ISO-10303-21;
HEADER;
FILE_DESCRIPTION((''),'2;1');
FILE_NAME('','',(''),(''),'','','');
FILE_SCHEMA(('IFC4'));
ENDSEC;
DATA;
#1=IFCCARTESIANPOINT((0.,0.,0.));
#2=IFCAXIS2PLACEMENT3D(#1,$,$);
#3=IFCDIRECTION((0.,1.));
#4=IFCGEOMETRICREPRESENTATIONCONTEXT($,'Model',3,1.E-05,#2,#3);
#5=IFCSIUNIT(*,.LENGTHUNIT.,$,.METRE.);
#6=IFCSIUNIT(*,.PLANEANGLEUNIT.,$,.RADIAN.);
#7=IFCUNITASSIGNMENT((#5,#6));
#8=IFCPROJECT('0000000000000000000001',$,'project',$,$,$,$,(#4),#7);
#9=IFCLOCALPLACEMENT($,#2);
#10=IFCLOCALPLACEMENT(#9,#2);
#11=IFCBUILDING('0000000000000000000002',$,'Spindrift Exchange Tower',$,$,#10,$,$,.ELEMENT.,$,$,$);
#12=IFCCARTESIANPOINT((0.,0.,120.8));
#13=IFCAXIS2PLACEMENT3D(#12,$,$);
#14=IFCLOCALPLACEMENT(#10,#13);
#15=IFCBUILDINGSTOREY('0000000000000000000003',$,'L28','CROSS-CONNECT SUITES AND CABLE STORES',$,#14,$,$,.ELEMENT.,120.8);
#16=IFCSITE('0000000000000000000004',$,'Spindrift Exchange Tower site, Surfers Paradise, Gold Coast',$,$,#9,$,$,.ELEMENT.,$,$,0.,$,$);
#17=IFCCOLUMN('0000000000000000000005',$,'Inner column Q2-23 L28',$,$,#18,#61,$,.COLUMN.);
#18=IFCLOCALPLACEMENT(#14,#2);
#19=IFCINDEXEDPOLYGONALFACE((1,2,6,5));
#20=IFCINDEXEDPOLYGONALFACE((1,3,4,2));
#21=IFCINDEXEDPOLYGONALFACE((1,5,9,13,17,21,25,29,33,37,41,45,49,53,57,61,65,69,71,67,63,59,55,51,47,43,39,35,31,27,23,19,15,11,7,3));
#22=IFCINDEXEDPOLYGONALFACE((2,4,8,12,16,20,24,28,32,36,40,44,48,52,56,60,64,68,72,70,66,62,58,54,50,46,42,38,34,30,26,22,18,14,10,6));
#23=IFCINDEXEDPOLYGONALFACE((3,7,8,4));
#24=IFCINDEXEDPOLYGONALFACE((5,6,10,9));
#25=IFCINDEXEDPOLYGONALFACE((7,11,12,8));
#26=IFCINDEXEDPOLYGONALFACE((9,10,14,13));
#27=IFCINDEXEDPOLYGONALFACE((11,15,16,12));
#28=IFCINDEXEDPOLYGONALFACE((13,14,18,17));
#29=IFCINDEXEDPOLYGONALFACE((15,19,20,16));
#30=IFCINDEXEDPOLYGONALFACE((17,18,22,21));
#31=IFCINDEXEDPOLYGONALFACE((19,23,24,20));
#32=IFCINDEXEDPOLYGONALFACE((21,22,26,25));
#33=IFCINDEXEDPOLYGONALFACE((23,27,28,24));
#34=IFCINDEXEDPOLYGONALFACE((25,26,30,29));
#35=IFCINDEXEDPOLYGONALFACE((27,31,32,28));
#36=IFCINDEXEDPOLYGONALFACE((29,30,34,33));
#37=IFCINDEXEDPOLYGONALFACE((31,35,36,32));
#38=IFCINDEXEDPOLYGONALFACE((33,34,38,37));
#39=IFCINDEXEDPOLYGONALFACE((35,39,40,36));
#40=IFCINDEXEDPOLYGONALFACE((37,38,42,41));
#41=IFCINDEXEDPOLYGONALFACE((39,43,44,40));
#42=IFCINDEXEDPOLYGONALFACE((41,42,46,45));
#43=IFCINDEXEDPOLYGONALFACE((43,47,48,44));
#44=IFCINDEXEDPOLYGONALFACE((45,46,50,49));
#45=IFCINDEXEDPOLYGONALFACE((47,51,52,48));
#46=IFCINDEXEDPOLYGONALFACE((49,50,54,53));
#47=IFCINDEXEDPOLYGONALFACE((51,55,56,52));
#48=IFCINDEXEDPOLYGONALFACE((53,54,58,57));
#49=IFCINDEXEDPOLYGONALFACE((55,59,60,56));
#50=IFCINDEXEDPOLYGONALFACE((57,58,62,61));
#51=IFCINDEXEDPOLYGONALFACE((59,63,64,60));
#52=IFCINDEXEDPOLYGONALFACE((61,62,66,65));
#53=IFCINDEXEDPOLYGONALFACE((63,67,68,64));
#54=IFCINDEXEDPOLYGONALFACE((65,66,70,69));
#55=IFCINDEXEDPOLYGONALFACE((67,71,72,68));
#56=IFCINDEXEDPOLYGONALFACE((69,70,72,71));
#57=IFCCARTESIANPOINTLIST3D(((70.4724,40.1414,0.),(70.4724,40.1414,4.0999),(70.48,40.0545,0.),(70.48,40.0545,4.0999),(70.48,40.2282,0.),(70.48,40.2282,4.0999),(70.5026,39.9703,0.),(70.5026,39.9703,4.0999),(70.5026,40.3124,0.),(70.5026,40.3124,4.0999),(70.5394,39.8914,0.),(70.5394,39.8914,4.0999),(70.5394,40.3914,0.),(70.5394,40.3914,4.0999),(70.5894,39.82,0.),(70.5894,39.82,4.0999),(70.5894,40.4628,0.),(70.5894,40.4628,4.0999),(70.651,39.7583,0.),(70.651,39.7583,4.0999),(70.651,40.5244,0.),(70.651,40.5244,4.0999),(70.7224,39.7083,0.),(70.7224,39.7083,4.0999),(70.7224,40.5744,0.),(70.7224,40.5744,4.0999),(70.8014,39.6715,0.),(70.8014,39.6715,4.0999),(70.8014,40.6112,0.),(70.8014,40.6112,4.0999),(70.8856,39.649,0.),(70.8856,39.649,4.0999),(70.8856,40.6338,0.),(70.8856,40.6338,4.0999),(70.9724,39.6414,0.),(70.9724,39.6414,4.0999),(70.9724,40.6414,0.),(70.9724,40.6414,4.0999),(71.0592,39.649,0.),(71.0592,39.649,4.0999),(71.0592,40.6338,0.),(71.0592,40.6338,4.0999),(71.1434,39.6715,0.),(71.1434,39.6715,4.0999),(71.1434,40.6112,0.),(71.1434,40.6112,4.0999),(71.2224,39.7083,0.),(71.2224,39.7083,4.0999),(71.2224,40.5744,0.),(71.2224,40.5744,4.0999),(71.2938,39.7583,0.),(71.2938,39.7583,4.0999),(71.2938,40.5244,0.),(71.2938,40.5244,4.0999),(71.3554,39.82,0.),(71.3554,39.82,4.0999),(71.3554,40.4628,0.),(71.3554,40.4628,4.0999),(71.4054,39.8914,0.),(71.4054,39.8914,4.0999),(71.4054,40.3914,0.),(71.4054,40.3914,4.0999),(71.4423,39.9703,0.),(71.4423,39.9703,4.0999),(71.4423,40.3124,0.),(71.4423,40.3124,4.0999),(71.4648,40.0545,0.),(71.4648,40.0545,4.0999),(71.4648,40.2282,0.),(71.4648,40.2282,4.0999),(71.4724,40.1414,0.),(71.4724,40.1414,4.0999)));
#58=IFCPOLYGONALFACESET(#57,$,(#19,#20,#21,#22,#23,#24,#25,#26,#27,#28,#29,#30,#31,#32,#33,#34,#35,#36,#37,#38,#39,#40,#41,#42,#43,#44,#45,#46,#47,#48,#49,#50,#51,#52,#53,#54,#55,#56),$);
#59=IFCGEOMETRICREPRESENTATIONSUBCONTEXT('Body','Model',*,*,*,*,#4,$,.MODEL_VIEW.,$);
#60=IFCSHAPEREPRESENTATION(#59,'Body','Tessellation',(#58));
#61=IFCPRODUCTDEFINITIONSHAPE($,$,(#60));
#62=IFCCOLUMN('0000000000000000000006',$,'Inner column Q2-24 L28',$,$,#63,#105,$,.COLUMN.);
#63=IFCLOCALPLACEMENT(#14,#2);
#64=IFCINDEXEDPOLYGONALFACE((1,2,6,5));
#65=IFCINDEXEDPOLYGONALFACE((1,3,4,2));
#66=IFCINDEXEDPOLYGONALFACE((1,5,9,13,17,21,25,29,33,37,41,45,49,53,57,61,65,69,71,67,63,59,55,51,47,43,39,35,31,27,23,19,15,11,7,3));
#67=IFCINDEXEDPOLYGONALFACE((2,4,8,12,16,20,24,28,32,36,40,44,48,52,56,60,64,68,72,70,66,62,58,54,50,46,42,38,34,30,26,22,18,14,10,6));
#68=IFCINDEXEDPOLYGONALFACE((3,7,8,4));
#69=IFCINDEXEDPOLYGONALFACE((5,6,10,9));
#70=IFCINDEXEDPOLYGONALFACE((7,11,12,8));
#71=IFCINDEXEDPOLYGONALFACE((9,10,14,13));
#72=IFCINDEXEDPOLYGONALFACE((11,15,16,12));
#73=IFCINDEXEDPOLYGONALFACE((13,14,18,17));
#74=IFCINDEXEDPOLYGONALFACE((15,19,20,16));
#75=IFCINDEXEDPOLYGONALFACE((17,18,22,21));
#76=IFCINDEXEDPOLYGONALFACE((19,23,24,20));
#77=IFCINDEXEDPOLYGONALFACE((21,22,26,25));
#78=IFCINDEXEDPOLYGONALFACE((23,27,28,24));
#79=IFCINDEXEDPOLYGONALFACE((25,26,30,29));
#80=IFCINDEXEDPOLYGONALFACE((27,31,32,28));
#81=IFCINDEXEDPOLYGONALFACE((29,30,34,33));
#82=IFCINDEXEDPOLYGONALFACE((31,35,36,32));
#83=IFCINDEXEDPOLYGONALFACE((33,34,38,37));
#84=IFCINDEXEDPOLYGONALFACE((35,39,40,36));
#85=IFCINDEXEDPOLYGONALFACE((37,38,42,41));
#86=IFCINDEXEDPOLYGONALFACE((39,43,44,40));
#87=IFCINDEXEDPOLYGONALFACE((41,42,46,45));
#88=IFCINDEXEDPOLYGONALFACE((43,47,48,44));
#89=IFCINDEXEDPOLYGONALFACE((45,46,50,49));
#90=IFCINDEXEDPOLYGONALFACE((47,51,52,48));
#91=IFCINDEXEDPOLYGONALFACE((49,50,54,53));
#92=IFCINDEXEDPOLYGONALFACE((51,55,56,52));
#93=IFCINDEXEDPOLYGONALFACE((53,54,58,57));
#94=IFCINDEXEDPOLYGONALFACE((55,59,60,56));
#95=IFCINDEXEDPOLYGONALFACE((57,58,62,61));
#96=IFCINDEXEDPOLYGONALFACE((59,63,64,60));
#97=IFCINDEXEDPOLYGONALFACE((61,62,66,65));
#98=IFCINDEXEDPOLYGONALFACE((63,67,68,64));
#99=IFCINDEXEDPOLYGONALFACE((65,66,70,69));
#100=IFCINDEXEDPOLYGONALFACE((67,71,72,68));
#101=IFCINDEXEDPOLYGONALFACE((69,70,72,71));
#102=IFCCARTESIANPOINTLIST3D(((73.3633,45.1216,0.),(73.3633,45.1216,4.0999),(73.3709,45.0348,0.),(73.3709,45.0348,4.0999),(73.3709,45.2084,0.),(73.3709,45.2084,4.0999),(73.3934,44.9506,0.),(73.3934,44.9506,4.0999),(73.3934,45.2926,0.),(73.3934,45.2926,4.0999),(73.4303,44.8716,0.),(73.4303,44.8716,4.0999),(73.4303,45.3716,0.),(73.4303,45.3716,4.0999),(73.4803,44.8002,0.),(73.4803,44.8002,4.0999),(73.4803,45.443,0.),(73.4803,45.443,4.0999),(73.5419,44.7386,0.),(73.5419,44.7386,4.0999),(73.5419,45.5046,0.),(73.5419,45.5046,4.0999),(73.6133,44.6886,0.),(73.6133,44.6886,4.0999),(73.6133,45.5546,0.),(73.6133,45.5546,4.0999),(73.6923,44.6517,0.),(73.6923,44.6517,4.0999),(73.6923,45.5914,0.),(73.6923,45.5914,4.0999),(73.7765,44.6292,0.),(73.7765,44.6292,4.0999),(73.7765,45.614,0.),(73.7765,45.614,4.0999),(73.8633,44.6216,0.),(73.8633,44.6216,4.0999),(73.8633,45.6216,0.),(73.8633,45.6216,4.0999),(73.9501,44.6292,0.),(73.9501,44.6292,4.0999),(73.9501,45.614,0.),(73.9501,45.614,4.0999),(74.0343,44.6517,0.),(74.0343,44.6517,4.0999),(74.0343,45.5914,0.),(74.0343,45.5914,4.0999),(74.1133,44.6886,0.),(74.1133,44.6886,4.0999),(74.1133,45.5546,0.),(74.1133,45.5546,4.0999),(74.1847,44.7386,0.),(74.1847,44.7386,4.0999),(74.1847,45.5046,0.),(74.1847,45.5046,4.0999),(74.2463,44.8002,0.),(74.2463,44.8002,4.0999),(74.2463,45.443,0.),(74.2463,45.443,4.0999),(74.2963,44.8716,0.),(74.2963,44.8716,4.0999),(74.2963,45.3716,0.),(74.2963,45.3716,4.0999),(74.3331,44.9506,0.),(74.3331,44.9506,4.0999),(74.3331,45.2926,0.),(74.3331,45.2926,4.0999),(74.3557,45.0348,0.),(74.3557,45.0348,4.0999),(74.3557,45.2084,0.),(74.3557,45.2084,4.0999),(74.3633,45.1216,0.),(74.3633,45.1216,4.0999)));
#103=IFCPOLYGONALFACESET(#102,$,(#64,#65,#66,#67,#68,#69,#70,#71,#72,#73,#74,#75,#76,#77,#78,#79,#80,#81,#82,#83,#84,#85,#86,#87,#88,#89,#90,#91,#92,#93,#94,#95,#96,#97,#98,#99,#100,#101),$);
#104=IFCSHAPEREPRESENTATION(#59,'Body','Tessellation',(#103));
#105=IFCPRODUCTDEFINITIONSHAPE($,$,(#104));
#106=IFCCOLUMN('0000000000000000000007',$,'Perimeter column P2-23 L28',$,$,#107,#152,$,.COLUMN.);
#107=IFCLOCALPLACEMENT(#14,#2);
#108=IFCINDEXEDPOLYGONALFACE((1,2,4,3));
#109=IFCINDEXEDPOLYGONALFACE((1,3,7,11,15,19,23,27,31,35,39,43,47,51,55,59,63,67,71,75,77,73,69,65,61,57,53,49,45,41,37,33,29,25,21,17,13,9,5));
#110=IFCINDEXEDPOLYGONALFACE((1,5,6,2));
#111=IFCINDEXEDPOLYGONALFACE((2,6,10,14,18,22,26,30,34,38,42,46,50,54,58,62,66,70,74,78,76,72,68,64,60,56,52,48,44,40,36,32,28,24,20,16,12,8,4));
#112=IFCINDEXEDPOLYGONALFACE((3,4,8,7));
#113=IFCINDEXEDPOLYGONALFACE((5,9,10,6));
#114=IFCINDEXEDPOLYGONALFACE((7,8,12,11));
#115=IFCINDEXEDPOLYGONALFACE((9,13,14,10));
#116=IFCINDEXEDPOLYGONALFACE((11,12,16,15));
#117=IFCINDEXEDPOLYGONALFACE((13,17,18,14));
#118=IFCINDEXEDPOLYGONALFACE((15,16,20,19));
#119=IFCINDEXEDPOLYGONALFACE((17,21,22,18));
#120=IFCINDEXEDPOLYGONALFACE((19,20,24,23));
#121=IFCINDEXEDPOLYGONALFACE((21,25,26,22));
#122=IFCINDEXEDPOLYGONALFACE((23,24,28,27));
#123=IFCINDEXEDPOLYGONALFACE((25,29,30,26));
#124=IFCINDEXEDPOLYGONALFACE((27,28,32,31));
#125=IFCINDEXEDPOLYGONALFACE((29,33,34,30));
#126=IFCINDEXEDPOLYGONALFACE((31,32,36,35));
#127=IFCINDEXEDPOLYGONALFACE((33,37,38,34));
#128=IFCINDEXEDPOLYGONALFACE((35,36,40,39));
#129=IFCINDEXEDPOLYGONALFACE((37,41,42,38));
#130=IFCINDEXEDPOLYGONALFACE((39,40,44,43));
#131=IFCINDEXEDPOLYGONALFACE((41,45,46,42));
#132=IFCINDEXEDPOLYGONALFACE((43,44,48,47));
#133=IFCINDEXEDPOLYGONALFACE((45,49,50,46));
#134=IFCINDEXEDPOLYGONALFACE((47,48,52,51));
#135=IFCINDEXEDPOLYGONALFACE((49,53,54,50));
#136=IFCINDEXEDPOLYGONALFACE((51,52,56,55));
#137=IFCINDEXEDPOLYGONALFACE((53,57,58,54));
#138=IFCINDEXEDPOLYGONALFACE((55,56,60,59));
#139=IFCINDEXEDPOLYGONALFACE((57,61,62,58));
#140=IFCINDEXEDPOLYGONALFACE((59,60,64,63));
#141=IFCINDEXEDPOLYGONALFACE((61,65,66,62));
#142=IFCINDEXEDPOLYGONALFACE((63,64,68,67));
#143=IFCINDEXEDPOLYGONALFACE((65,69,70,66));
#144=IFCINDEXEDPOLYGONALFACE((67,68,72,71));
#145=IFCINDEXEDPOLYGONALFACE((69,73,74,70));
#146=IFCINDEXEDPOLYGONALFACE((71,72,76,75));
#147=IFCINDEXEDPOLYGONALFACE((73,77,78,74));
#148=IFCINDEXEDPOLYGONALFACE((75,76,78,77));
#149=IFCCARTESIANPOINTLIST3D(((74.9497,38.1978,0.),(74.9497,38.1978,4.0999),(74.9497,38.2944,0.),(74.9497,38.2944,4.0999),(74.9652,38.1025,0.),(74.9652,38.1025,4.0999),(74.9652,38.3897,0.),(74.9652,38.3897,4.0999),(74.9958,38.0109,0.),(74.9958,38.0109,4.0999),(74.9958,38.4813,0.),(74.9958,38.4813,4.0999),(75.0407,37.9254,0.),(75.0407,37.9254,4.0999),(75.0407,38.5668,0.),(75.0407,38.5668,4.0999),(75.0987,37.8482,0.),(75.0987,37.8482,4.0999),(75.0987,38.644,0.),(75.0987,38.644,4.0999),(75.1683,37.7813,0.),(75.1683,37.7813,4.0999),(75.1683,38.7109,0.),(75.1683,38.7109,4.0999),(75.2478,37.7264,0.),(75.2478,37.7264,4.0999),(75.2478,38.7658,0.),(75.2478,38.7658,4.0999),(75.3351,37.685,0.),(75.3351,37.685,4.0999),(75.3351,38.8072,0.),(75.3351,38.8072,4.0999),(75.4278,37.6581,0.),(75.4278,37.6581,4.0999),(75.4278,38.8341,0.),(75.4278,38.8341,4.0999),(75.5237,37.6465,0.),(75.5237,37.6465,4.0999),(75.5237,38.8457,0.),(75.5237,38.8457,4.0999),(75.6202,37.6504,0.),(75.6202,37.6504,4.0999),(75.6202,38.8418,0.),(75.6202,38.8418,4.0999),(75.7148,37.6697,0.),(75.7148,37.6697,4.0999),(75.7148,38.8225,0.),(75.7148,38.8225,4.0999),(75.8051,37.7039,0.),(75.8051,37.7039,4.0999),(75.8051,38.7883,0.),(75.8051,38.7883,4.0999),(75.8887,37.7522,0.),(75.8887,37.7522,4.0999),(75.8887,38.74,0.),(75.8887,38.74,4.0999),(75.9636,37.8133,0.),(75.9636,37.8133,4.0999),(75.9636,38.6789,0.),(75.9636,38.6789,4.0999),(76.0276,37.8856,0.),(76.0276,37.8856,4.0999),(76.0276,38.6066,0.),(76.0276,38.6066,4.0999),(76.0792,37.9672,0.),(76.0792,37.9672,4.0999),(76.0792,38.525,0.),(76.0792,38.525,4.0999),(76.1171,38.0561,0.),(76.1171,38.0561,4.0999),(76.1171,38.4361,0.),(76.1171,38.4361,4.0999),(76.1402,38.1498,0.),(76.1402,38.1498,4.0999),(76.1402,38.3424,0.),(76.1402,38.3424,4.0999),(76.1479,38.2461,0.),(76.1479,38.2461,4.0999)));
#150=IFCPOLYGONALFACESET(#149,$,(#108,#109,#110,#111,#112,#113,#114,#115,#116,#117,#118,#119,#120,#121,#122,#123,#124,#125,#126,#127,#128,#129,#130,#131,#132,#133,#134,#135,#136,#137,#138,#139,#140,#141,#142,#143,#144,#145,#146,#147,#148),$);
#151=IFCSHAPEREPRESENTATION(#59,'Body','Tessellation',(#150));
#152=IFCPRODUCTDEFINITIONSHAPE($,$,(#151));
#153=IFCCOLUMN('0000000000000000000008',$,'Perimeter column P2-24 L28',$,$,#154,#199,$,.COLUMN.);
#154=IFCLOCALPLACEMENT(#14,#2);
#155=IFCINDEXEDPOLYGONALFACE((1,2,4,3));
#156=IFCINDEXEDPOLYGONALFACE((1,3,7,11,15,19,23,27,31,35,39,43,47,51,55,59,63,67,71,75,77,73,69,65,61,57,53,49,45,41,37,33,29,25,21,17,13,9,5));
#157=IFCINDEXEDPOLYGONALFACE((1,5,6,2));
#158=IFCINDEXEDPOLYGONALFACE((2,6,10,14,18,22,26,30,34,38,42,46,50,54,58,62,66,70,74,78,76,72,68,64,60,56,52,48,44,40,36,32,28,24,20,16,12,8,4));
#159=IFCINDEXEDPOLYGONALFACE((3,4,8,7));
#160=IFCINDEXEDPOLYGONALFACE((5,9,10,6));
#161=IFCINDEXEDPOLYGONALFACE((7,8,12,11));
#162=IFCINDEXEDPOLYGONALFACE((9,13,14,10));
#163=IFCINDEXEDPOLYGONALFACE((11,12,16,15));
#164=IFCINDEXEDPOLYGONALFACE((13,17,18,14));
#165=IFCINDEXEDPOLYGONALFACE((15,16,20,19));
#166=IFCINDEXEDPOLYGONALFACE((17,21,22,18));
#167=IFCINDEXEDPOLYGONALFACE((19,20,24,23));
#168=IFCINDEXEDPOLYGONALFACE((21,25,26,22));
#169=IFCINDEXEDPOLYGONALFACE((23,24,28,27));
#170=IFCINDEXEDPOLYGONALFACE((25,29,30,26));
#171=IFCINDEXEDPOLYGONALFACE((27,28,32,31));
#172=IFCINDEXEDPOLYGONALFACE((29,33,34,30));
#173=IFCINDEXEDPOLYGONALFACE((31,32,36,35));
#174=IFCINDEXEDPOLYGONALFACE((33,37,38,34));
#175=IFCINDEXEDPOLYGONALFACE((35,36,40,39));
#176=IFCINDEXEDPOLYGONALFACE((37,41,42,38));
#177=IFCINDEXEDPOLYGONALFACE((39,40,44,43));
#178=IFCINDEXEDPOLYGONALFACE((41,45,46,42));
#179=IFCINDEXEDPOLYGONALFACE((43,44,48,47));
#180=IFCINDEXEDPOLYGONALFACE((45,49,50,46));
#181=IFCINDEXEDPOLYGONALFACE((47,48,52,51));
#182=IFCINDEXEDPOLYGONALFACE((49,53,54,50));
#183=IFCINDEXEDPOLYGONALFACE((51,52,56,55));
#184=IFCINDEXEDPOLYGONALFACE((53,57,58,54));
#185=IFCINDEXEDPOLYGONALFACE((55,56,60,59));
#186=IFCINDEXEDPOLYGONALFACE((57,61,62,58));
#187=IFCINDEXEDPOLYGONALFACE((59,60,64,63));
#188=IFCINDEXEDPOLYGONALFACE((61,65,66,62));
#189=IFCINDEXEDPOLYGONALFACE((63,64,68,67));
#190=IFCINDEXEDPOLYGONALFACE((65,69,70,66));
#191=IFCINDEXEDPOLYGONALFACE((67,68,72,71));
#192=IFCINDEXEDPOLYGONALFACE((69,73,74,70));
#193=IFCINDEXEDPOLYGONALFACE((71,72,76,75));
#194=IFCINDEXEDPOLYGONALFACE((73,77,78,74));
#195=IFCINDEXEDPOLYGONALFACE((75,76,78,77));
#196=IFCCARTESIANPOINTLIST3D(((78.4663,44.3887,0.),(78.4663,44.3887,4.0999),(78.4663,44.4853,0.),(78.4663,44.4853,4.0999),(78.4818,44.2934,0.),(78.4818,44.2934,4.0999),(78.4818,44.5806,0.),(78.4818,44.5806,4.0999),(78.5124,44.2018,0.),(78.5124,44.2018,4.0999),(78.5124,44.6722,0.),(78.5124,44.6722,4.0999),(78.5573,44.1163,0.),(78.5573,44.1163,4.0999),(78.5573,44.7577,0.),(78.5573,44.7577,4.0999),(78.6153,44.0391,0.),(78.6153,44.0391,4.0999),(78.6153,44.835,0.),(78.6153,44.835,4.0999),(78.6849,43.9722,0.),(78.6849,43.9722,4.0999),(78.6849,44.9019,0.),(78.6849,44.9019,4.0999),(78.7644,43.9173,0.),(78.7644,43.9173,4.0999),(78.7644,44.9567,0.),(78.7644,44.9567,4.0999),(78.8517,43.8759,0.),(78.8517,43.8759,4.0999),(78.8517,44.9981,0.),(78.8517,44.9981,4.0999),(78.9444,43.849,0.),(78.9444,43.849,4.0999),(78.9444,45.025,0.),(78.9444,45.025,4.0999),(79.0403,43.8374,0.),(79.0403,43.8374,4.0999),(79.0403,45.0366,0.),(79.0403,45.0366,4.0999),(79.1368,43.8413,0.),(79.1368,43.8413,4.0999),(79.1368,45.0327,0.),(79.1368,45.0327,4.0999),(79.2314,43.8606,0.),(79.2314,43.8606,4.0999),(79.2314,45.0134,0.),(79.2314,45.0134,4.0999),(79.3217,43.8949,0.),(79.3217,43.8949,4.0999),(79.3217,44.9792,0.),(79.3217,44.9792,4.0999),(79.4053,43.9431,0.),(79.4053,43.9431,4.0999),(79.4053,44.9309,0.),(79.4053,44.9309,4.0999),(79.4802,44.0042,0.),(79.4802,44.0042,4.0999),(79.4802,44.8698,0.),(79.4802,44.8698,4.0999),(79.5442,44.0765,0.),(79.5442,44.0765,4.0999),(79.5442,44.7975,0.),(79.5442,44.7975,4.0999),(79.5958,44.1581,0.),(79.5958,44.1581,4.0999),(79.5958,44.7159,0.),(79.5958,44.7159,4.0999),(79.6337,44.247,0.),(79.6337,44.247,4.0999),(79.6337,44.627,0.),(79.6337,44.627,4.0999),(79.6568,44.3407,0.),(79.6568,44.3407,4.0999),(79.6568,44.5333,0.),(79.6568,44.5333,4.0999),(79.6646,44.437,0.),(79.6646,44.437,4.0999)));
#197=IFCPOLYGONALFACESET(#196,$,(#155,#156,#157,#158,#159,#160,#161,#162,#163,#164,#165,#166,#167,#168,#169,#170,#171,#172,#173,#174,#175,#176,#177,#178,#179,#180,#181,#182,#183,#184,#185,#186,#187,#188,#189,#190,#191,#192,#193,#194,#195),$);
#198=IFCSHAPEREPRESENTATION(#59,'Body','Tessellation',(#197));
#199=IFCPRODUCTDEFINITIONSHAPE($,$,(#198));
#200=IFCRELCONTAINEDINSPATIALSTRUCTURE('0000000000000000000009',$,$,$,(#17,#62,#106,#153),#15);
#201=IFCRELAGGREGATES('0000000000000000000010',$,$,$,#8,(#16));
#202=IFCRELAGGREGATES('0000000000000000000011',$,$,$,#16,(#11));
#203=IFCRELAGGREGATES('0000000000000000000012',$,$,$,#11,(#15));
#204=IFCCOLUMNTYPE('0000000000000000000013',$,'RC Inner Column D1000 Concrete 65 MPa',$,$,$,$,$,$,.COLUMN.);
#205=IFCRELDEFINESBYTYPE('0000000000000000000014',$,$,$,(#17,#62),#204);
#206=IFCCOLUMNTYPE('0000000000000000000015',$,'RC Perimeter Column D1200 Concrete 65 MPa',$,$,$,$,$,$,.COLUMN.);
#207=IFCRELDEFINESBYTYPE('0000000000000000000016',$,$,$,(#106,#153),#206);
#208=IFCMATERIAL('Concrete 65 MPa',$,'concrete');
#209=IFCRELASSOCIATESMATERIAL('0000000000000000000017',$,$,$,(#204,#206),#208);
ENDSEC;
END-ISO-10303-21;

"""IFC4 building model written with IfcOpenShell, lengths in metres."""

from ifc_helpers import new_model, si_unit, direction, frame, origin, origin_2d, place, context, subcontext, project, spatial, circle, extrude, source, transform, mapped, material, material_profile, profile_set, type_object, element, save


model = new_model("IFC4")

# Units and contexts
model_context = context("Model", 3, precision=1e-05, world=origin(), true_north=direction((0.0, 1.0)))
body_context = subcontext(model_context, "Body", "Model", "MODEL_VIEW")
ifc_project = project(units=[si_unit("LENGTHUNIT", "METRE"), si_unit("PLANEANGLEUNIT", "RADIAN")], contexts=[model_context])

# Site, building, storey
site_placement = place(None, origin())
site = spatial("IfcSite", under=ifc_project, at=site_placement, Name="Spindrift Exchange Tower site, Surfers Paradise, Gold Coast", CompositionType="ELEMENT", RefElevation=0.0)
building_placement = place(site_placement, origin())
building = spatial("IfcBuilding", under=site, at=building_placement, Name="Spindrift Exchange Tower", CompositionType="ELEMENT")
storey_placement = place(building_placement, frame((0.0, 0.0, 120.8)))
storey = spatial("IfcBuildingStorey", under=building, at=storey_placement, Name="L28", Description="CROSS-CONNECT SUITES AND CABLE STORES", CompositionType="ELEMENT", Elevation=120.8)

# Columns
ifc_material_1 = material(Name="Concrete 65 MPa", Category="concrete")
ifc_material_profile_1 = material_profile(ifc_material_1, circle(Radius=0.5, at=origin_2d()), Name="RC D1000")
ifc_profile_set_1 = profile_set([ifc_material_profile_1], Name="Concrete 65 MPa")
column_type_1 = type_object("IfcColumnType", Name="RC Inner Column D1000 Concrete 65 MPa", PredefinedType="COLUMN", material=ifc_profile_set_1)
shared_shape_1 = source(origin(), body_context, "Body", "SweptSolid", [
    extrude(circle(Radius=0.5, at=origin_2d()), origin(), (0.0, 0.0, 1.0), 4.0999),
])
for number, where, z_axis, x_axis, name in (
    (1, (70.9724, 40.1414, 0.0), (0.0, 0.0, 1.0), (1.0, 0.0, 0.0), "Inner column Q2-23 L28"),
    (2, (73.8633, 45.1216, 0.0), (0.0, 0.0, 1.0), (1.0, 0.0, 0.0), "Inner column Q2-24 L28"),
):
    element("IfcColumn", number, at=place(storey_placement, frame(where, z_axis=z_axis, x_axis=x_axis)), inside=storey, type_object=column_type_1, Name=name, PredefinedType="COLUMN", context=body_context, shape_type="MappedRepresentation", body=[
        mapped(shared_shape_1, transform((0.0, 0.0, 0.0), scale=1.0)),
    ])
ifc_material_profile_2 = material_profile(ifc_material_1, circle(Radius=0.6001, at=origin_2d()), Name="RC D1200")
ifc_profile_set_2 = profile_set([ifc_material_profile_2], Name="Concrete 65 MPa")
column_type_2 = type_object("IfcColumnType", Name="RC Perimeter Column D1200 Concrete 65 MPa", PredefinedType="COLUMN", material=ifc_profile_set_2)
shared_shape_2 = source(origin(), body_context, "Body", "SweptSolid", [
    extrude(circle(Radius=0.6001, at=origin_2d()), origin(), (0.0, 0.0, 1.0), 4.0999),
])
for number, where, z_axis, x_axis, name in (
    (3, (75.5479, 38.2461, 0.0), (0.0, 0.0, 1.0), (1.0, 0.0, 0.0), "Perimeter column P2-23 L28"),
    (4, (79.0645, 44.437, 0.0), (0.0, 0.0, 1.0), (1.0, 0.0, 0.0), "Perimeter column P2-24 L28"),
):
    element("IfcColumn", number, at=place(storey_placement, frame(where, z_axis=z_axis, x_axis=x_axis)), inside=storey, type_object=column_type_2, Name=name, PredefinedType="COLUMN", context=body_context, shape_type="MappedRepresentation", body=[
        mapped(shared_shape_2, transform((0.0, 0.0, 0.0), scale=1.0)),
    ])

save(model, "model.ifc")
